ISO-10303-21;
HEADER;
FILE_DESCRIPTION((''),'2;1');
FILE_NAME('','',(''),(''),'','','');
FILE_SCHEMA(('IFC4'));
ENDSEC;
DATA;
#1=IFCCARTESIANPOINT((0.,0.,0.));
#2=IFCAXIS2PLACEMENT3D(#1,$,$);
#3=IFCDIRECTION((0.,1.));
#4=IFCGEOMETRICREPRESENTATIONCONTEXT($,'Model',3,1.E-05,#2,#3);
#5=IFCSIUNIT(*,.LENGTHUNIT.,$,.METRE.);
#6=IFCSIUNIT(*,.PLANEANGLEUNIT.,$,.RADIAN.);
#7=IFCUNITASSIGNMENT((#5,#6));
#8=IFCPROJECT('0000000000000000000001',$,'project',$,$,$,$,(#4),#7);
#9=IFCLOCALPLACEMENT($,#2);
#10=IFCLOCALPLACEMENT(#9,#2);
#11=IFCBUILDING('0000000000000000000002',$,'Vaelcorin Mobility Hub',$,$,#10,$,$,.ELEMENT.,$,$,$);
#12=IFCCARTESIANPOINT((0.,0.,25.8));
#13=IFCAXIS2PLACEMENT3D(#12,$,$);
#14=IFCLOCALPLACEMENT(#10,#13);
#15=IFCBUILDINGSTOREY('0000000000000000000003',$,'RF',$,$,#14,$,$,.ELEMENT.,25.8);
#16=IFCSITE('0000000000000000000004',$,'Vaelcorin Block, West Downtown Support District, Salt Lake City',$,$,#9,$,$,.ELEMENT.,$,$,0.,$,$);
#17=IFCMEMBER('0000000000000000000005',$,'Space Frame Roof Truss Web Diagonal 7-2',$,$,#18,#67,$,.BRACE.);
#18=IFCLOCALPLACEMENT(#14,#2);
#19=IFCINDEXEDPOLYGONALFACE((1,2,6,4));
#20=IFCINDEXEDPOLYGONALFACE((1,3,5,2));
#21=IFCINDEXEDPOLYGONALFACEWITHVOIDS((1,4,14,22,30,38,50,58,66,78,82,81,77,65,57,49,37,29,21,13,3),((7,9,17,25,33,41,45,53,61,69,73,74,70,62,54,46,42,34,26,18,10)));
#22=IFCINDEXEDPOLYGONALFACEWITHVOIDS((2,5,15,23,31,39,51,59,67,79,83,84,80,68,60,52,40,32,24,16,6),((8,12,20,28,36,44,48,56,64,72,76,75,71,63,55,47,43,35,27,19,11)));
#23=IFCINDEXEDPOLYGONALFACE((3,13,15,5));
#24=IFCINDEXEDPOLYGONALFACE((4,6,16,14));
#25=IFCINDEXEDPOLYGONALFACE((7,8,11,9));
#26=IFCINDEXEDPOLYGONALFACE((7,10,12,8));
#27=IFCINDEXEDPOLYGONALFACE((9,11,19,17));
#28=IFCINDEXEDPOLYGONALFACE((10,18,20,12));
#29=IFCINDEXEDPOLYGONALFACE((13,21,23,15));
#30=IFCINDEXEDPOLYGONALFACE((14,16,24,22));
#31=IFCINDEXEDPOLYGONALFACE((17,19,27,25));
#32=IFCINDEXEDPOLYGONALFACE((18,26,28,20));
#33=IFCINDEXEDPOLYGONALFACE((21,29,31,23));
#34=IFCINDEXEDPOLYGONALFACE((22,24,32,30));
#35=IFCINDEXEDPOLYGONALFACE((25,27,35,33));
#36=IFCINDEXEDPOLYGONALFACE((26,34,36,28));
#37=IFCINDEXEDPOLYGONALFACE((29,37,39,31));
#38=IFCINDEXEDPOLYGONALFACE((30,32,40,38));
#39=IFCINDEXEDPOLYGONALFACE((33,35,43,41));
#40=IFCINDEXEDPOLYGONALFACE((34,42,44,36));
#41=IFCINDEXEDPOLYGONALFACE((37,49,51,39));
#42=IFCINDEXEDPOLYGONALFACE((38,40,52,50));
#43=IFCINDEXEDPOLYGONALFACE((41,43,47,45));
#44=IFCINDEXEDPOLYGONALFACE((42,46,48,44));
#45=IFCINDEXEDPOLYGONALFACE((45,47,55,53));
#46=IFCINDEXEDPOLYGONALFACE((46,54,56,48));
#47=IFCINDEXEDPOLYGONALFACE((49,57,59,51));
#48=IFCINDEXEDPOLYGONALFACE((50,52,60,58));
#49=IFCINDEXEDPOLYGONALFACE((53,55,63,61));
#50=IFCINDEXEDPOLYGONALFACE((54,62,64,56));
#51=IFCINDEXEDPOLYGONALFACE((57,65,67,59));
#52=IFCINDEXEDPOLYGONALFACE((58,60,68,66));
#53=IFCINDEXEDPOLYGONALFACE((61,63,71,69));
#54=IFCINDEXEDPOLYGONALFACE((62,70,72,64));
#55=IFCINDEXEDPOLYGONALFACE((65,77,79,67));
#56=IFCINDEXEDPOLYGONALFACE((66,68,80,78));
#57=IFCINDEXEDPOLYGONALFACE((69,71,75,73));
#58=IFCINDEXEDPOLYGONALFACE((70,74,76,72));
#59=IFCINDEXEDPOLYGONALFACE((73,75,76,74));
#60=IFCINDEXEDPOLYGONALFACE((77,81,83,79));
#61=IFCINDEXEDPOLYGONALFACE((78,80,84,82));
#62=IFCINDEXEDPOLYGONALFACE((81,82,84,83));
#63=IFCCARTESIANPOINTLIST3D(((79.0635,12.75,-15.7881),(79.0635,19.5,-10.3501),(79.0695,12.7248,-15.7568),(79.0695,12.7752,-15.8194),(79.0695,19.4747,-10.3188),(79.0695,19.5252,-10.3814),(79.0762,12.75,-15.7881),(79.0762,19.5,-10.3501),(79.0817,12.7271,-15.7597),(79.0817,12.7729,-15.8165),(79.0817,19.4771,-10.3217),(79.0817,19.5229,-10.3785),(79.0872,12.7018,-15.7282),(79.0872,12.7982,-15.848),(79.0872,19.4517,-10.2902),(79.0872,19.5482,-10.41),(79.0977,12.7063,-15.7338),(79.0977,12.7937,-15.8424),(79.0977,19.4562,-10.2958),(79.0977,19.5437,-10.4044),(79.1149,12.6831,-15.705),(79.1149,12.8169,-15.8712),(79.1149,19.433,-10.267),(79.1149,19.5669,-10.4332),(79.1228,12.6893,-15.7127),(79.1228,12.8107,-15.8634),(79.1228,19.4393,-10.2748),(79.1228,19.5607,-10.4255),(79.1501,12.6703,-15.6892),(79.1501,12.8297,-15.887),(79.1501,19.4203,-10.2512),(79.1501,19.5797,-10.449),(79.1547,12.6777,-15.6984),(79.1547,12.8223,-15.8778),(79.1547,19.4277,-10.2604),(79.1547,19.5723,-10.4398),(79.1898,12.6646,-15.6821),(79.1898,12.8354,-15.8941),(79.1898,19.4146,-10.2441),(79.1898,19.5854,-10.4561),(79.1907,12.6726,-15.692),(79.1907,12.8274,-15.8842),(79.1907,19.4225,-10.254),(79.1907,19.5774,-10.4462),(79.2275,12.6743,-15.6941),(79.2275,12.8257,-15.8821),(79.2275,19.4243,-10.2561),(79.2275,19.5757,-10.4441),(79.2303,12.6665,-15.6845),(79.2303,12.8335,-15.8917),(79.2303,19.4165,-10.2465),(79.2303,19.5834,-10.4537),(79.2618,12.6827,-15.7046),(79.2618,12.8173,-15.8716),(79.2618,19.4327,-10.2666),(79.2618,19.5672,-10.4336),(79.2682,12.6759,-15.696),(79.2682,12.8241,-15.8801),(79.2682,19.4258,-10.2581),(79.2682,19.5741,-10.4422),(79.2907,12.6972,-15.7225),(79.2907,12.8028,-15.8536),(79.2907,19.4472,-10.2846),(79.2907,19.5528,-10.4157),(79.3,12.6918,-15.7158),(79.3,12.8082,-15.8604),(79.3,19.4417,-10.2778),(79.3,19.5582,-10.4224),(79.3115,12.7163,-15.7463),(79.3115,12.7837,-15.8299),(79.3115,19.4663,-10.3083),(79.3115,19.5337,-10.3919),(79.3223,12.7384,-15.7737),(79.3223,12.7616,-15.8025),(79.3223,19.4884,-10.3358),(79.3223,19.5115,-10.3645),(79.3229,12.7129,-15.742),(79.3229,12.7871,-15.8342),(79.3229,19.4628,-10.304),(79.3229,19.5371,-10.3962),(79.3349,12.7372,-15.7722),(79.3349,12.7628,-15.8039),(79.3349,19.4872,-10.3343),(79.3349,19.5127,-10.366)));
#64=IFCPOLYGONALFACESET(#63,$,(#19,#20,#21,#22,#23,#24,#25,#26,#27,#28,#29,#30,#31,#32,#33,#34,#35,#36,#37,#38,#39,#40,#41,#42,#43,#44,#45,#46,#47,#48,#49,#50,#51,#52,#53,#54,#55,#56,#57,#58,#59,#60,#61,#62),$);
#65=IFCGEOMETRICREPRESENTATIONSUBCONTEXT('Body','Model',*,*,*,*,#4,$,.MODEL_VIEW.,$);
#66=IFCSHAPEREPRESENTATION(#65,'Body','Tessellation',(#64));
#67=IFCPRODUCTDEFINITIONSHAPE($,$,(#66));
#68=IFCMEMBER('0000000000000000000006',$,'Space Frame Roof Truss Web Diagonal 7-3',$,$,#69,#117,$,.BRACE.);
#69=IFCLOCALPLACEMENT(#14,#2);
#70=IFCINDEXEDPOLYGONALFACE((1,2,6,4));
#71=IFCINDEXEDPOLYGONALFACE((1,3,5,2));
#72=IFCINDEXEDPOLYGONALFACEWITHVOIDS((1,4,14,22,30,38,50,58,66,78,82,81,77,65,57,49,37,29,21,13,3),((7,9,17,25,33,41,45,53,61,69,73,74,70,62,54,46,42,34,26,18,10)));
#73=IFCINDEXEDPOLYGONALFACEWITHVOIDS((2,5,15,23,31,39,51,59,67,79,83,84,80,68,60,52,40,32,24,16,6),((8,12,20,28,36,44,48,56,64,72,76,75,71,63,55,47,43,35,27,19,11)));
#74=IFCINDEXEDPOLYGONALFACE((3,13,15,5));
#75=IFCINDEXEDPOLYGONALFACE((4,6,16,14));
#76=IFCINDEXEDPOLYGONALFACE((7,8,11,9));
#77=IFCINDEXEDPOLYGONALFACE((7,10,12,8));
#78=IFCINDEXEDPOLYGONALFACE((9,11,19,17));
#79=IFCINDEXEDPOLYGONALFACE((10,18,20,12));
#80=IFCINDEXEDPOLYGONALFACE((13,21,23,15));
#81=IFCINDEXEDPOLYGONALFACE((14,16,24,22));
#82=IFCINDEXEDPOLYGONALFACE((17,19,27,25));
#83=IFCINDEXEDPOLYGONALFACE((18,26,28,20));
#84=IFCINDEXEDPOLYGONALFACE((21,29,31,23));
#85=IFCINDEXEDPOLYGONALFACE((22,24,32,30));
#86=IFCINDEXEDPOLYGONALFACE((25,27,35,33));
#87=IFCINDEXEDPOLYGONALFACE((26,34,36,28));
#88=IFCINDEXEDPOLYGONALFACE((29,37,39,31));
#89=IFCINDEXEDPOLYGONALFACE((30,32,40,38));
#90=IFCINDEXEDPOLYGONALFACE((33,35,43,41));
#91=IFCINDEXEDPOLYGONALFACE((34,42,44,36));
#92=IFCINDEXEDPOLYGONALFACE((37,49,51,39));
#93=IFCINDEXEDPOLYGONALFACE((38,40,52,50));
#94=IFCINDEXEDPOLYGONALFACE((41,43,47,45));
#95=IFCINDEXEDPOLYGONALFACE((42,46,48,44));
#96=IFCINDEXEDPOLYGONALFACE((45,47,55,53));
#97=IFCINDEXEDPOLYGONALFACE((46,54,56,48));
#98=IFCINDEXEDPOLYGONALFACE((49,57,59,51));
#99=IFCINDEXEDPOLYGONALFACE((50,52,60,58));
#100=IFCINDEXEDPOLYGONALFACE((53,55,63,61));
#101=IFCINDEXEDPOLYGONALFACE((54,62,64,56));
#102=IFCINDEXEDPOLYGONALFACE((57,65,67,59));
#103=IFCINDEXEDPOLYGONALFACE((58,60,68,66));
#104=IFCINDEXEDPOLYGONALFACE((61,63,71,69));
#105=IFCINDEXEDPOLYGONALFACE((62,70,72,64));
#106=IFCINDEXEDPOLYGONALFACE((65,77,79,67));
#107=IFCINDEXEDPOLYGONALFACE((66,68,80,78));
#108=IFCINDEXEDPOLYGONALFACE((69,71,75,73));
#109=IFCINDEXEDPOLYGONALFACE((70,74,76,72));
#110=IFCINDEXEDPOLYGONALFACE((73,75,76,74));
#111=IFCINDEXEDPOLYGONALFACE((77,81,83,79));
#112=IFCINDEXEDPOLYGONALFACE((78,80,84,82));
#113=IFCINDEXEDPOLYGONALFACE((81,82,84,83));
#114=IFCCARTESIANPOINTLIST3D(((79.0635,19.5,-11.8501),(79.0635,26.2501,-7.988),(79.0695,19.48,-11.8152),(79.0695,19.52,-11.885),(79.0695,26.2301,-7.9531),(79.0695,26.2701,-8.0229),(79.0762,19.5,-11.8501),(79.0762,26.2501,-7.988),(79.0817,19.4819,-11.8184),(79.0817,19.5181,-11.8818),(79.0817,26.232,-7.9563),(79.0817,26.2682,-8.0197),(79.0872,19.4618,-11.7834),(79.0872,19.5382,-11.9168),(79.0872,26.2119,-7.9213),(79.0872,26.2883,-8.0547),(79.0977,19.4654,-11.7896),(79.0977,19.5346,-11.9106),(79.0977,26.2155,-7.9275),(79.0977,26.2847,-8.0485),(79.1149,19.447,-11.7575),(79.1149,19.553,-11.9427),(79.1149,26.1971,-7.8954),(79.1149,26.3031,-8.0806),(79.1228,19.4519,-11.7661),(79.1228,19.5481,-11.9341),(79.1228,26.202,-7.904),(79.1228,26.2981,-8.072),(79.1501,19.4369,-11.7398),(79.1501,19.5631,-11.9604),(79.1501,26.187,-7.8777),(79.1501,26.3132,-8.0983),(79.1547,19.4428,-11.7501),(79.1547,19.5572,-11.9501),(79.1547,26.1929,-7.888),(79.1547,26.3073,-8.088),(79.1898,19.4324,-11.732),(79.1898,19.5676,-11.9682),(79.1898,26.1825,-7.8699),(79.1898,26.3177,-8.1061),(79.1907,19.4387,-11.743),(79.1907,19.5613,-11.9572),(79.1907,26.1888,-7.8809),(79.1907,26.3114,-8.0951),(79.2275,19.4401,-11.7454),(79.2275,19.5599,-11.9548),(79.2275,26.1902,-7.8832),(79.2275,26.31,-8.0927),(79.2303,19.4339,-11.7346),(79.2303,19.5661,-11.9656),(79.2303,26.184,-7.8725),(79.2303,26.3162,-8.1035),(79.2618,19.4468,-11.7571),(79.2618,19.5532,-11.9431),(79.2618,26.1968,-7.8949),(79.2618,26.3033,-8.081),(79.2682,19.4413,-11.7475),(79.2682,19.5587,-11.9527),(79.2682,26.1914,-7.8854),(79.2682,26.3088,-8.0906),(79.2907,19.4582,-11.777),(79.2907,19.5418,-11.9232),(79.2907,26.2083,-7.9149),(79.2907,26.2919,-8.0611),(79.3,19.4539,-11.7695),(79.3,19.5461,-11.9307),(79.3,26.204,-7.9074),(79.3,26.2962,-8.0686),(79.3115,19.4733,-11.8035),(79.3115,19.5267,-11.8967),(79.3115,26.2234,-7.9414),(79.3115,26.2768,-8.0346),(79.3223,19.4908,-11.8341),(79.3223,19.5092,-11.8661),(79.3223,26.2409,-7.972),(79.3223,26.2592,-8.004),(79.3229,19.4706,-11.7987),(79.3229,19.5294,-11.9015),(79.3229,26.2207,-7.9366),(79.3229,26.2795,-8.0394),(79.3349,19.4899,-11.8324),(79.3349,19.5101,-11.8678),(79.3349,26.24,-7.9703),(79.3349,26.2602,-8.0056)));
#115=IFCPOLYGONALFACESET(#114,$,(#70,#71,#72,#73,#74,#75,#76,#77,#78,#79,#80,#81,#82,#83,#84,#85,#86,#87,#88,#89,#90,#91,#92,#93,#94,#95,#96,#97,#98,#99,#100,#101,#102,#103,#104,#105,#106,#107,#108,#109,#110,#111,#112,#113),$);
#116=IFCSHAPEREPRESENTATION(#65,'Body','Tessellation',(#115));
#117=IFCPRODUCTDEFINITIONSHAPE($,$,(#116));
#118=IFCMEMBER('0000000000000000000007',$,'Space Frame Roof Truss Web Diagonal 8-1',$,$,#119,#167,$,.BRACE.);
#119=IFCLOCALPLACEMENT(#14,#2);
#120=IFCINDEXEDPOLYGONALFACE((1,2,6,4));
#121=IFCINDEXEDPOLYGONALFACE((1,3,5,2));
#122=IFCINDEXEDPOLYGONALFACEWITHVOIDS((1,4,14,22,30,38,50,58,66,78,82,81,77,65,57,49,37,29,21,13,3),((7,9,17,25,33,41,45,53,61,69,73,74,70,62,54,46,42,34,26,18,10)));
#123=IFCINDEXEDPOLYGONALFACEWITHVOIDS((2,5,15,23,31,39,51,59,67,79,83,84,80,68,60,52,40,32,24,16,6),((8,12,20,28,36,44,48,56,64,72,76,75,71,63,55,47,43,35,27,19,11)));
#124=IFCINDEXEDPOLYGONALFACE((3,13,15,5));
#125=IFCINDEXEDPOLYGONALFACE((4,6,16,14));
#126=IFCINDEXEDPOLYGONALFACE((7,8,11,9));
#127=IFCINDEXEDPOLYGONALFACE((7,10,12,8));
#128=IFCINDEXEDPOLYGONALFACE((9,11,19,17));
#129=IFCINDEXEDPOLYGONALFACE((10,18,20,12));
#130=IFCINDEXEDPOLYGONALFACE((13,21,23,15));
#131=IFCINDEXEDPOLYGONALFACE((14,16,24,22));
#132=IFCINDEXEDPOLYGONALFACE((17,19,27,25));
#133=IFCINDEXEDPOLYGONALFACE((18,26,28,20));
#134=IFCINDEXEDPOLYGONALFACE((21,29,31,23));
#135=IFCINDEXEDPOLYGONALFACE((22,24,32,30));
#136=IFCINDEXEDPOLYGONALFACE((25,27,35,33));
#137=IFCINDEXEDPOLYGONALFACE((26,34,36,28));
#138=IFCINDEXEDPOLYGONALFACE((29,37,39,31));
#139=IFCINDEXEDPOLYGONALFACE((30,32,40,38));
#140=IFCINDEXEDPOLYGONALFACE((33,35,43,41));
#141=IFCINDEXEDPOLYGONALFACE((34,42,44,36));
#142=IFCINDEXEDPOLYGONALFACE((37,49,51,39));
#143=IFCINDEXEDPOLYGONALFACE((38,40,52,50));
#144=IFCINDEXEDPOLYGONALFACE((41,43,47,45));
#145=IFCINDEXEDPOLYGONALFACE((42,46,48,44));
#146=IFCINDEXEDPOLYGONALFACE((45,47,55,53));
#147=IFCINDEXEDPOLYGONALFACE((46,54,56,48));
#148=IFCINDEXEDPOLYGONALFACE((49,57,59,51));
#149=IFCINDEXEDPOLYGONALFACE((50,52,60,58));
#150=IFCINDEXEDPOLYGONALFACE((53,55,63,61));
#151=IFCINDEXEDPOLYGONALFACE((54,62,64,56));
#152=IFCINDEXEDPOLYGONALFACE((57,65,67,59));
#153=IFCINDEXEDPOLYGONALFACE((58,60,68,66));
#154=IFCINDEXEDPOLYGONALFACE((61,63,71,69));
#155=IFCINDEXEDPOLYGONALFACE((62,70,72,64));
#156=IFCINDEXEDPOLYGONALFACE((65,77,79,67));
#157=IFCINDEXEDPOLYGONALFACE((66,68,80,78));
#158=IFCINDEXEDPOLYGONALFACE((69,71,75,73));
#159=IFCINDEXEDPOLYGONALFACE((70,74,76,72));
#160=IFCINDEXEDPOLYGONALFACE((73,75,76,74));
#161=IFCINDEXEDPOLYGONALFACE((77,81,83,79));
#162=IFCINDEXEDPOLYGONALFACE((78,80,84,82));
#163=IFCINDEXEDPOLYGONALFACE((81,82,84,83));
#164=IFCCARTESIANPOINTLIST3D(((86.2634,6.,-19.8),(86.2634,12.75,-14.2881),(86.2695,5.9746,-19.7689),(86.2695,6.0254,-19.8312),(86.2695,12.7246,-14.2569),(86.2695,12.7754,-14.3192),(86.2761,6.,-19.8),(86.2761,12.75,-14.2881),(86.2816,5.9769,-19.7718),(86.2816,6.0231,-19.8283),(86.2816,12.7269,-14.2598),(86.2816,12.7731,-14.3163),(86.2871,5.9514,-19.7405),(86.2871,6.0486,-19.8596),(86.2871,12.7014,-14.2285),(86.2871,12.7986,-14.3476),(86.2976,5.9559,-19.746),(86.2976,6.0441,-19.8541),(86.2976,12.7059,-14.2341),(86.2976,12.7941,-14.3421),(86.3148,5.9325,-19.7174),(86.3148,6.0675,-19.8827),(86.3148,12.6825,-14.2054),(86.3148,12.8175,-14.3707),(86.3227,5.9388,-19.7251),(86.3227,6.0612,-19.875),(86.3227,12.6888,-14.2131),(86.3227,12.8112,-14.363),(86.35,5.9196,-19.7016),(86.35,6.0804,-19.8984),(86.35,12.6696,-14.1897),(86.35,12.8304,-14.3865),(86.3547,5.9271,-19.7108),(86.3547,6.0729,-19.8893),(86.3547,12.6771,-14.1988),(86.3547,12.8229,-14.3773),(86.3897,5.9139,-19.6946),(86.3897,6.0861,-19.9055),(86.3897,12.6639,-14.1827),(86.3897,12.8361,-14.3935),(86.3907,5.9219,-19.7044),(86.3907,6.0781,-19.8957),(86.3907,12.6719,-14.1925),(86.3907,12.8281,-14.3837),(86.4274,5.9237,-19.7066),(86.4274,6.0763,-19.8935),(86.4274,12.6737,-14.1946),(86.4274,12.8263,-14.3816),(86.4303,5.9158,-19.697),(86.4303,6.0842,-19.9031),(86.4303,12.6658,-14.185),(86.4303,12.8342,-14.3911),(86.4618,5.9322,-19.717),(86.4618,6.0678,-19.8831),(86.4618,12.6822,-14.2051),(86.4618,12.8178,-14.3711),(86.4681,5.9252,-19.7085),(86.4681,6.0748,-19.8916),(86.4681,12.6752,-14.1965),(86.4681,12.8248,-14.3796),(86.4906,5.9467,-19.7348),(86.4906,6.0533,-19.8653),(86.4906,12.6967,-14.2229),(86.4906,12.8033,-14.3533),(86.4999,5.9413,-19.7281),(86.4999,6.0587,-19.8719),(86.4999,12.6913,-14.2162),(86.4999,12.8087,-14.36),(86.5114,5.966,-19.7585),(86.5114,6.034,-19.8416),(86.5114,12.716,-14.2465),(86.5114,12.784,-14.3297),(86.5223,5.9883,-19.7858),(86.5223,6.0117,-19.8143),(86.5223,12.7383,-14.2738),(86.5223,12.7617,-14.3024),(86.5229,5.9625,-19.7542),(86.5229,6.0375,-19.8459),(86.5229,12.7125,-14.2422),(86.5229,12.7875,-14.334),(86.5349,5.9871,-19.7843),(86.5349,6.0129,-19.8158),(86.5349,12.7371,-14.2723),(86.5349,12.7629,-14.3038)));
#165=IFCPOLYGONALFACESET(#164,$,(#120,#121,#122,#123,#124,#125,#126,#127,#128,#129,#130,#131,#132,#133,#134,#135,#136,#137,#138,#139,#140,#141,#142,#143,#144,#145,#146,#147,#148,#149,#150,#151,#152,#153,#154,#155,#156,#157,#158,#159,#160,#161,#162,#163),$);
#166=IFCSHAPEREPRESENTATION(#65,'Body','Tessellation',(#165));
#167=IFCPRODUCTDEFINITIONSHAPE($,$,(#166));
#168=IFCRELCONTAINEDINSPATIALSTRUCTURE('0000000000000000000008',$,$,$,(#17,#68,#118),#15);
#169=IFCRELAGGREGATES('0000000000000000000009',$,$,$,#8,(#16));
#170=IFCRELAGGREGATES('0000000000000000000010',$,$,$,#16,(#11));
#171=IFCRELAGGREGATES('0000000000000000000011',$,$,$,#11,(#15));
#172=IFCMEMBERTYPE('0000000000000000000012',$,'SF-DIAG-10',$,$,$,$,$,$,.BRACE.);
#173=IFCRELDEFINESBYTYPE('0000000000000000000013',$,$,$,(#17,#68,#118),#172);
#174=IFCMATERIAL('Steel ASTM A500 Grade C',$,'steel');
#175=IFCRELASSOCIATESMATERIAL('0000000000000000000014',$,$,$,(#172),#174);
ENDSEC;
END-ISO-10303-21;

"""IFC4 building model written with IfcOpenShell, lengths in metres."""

from ifc_helpers import new_model, si_unit, direction, frame, origin, origin_2d, place, context, subcontext, project, spatial, hollow_circle, extrude, material, material_profile, profile_set, type_object, element, save


model = new_model("IFC4")

# Units and contexts
model_context = context("Model", 3, precision=1e-05, world=origin(), true_north=direction((0.0, 1.0)))
body_context = subcontext(model_context, "Body", "Model", "MODEL_VIEW")
ifc_project = project(units=[si_unit("LENGTHUNIT", "METRE"), si_unit("PLANEANGLEUNIT", "RADIAN")], contexts=[model_context])

# Site, building, storey
site_placement = place(None, origin())
site = spatial("IfcSite", under=ifc_project, at=site_placement, Name="Vaelcorin Block, West Downtown Support District, Salt Lake City", CompositionType="ELEMENT", RefElevation=0.0)
building_placement = place(site_placement, origin())
building = spatial("IfcBuilding", under=site, at=building_placement, Name="Vaelcorin Mobility Hub", CompositionType="ELEMENT")
storey_placement = place(building_placement, frame((0.0, 0.0, 25.8)))
storey = spatial("IfcBuildingStorey", under=building, at=storey_placement, Name="RF", CompositionType="ELEMENT", Elevation=25.8)

# Members
ifc_material_1 = material(Name="Steel ASTM A500 Grade C", Category="steel")
ifc_material_profile_1 = material_profile(ifc_material_1, hollow_circle(Radius=0.1365, WallThickness=0.0127, at=origin_2d()), Name="HSS10.750X0.500")
ifc_profile_set_1 = profile_set([ifc_material_profile_1], Name="Steel ASTM A500 Grade C")
member_type_1 = type_object("IfcMemberType", Name="SF-DIAG-10", PredefinedType="BRACE", material=ifc_profile_set_1)
member_1_placement = place(storey_placement, frame((79.2, 12.75, -15.7881), z_axis=(0.0, 0.778726, 0.627364), x_axis=(-1.0, 0.0, 0.0)))
element("IfcMember", 1, at=member_1_placement, inside=storey, type_object=member_type_1, Name="Space Frame Roof Truss Web Diagonal 7-2", PredefinedType="BRACE", context=body_context, shape_type="SweptSolid", body=[
    extrude(hollow_circle(Radius=0.1365, WallThickness=0.0127, at=origin_2d()), origin(), (0.0, 0.0, 1.0), 8.668),
])
member_2_placement = place(storey_placement, frame((79.2, 19.5, -11.8501), z_axis=(0.0, 0.867971, 0.496616), x_axis=(-1.0, 0.0, 0.0)))
element("IfcMember", 2, at=member_2_placement, inside=storey, type_object=member_type_1, Name="Space Frame Roof Truss Web Diagonal 7-3", PredefinedType="BRACE", context=body_context, shape_type="SweptSolid", body=[
    extrude(hollow_circle(Radius=0.1365, WallThickness=0.0127, at=origin_2d()), origin(), (0.0, 0.0, 1.0), 7.7769),
])
member_3_placement = place(storey_placement, frame((86.3999, 6.0, -19.8), z_axis=(0.0, 0.774562, 0.632498), x_axis=(-1.0, 0.0, 0.0)))
element("IfcMember", 3, at=member_3_placement, inside=storey, type_object=member_type_1, Name="Space Frame Roof Truss Web Diagonal 8-1", PredefinedType="BRACE", context=body_context, shape_type="SweptSolid", body=[
    extrude(hollow_circle(Radius=0.1365, WallThickness=0.0127, at=origin_2d()), origin(), (0.0, 0.0, 1.0), 8.7146),
])

save(model, "model.ifc")
